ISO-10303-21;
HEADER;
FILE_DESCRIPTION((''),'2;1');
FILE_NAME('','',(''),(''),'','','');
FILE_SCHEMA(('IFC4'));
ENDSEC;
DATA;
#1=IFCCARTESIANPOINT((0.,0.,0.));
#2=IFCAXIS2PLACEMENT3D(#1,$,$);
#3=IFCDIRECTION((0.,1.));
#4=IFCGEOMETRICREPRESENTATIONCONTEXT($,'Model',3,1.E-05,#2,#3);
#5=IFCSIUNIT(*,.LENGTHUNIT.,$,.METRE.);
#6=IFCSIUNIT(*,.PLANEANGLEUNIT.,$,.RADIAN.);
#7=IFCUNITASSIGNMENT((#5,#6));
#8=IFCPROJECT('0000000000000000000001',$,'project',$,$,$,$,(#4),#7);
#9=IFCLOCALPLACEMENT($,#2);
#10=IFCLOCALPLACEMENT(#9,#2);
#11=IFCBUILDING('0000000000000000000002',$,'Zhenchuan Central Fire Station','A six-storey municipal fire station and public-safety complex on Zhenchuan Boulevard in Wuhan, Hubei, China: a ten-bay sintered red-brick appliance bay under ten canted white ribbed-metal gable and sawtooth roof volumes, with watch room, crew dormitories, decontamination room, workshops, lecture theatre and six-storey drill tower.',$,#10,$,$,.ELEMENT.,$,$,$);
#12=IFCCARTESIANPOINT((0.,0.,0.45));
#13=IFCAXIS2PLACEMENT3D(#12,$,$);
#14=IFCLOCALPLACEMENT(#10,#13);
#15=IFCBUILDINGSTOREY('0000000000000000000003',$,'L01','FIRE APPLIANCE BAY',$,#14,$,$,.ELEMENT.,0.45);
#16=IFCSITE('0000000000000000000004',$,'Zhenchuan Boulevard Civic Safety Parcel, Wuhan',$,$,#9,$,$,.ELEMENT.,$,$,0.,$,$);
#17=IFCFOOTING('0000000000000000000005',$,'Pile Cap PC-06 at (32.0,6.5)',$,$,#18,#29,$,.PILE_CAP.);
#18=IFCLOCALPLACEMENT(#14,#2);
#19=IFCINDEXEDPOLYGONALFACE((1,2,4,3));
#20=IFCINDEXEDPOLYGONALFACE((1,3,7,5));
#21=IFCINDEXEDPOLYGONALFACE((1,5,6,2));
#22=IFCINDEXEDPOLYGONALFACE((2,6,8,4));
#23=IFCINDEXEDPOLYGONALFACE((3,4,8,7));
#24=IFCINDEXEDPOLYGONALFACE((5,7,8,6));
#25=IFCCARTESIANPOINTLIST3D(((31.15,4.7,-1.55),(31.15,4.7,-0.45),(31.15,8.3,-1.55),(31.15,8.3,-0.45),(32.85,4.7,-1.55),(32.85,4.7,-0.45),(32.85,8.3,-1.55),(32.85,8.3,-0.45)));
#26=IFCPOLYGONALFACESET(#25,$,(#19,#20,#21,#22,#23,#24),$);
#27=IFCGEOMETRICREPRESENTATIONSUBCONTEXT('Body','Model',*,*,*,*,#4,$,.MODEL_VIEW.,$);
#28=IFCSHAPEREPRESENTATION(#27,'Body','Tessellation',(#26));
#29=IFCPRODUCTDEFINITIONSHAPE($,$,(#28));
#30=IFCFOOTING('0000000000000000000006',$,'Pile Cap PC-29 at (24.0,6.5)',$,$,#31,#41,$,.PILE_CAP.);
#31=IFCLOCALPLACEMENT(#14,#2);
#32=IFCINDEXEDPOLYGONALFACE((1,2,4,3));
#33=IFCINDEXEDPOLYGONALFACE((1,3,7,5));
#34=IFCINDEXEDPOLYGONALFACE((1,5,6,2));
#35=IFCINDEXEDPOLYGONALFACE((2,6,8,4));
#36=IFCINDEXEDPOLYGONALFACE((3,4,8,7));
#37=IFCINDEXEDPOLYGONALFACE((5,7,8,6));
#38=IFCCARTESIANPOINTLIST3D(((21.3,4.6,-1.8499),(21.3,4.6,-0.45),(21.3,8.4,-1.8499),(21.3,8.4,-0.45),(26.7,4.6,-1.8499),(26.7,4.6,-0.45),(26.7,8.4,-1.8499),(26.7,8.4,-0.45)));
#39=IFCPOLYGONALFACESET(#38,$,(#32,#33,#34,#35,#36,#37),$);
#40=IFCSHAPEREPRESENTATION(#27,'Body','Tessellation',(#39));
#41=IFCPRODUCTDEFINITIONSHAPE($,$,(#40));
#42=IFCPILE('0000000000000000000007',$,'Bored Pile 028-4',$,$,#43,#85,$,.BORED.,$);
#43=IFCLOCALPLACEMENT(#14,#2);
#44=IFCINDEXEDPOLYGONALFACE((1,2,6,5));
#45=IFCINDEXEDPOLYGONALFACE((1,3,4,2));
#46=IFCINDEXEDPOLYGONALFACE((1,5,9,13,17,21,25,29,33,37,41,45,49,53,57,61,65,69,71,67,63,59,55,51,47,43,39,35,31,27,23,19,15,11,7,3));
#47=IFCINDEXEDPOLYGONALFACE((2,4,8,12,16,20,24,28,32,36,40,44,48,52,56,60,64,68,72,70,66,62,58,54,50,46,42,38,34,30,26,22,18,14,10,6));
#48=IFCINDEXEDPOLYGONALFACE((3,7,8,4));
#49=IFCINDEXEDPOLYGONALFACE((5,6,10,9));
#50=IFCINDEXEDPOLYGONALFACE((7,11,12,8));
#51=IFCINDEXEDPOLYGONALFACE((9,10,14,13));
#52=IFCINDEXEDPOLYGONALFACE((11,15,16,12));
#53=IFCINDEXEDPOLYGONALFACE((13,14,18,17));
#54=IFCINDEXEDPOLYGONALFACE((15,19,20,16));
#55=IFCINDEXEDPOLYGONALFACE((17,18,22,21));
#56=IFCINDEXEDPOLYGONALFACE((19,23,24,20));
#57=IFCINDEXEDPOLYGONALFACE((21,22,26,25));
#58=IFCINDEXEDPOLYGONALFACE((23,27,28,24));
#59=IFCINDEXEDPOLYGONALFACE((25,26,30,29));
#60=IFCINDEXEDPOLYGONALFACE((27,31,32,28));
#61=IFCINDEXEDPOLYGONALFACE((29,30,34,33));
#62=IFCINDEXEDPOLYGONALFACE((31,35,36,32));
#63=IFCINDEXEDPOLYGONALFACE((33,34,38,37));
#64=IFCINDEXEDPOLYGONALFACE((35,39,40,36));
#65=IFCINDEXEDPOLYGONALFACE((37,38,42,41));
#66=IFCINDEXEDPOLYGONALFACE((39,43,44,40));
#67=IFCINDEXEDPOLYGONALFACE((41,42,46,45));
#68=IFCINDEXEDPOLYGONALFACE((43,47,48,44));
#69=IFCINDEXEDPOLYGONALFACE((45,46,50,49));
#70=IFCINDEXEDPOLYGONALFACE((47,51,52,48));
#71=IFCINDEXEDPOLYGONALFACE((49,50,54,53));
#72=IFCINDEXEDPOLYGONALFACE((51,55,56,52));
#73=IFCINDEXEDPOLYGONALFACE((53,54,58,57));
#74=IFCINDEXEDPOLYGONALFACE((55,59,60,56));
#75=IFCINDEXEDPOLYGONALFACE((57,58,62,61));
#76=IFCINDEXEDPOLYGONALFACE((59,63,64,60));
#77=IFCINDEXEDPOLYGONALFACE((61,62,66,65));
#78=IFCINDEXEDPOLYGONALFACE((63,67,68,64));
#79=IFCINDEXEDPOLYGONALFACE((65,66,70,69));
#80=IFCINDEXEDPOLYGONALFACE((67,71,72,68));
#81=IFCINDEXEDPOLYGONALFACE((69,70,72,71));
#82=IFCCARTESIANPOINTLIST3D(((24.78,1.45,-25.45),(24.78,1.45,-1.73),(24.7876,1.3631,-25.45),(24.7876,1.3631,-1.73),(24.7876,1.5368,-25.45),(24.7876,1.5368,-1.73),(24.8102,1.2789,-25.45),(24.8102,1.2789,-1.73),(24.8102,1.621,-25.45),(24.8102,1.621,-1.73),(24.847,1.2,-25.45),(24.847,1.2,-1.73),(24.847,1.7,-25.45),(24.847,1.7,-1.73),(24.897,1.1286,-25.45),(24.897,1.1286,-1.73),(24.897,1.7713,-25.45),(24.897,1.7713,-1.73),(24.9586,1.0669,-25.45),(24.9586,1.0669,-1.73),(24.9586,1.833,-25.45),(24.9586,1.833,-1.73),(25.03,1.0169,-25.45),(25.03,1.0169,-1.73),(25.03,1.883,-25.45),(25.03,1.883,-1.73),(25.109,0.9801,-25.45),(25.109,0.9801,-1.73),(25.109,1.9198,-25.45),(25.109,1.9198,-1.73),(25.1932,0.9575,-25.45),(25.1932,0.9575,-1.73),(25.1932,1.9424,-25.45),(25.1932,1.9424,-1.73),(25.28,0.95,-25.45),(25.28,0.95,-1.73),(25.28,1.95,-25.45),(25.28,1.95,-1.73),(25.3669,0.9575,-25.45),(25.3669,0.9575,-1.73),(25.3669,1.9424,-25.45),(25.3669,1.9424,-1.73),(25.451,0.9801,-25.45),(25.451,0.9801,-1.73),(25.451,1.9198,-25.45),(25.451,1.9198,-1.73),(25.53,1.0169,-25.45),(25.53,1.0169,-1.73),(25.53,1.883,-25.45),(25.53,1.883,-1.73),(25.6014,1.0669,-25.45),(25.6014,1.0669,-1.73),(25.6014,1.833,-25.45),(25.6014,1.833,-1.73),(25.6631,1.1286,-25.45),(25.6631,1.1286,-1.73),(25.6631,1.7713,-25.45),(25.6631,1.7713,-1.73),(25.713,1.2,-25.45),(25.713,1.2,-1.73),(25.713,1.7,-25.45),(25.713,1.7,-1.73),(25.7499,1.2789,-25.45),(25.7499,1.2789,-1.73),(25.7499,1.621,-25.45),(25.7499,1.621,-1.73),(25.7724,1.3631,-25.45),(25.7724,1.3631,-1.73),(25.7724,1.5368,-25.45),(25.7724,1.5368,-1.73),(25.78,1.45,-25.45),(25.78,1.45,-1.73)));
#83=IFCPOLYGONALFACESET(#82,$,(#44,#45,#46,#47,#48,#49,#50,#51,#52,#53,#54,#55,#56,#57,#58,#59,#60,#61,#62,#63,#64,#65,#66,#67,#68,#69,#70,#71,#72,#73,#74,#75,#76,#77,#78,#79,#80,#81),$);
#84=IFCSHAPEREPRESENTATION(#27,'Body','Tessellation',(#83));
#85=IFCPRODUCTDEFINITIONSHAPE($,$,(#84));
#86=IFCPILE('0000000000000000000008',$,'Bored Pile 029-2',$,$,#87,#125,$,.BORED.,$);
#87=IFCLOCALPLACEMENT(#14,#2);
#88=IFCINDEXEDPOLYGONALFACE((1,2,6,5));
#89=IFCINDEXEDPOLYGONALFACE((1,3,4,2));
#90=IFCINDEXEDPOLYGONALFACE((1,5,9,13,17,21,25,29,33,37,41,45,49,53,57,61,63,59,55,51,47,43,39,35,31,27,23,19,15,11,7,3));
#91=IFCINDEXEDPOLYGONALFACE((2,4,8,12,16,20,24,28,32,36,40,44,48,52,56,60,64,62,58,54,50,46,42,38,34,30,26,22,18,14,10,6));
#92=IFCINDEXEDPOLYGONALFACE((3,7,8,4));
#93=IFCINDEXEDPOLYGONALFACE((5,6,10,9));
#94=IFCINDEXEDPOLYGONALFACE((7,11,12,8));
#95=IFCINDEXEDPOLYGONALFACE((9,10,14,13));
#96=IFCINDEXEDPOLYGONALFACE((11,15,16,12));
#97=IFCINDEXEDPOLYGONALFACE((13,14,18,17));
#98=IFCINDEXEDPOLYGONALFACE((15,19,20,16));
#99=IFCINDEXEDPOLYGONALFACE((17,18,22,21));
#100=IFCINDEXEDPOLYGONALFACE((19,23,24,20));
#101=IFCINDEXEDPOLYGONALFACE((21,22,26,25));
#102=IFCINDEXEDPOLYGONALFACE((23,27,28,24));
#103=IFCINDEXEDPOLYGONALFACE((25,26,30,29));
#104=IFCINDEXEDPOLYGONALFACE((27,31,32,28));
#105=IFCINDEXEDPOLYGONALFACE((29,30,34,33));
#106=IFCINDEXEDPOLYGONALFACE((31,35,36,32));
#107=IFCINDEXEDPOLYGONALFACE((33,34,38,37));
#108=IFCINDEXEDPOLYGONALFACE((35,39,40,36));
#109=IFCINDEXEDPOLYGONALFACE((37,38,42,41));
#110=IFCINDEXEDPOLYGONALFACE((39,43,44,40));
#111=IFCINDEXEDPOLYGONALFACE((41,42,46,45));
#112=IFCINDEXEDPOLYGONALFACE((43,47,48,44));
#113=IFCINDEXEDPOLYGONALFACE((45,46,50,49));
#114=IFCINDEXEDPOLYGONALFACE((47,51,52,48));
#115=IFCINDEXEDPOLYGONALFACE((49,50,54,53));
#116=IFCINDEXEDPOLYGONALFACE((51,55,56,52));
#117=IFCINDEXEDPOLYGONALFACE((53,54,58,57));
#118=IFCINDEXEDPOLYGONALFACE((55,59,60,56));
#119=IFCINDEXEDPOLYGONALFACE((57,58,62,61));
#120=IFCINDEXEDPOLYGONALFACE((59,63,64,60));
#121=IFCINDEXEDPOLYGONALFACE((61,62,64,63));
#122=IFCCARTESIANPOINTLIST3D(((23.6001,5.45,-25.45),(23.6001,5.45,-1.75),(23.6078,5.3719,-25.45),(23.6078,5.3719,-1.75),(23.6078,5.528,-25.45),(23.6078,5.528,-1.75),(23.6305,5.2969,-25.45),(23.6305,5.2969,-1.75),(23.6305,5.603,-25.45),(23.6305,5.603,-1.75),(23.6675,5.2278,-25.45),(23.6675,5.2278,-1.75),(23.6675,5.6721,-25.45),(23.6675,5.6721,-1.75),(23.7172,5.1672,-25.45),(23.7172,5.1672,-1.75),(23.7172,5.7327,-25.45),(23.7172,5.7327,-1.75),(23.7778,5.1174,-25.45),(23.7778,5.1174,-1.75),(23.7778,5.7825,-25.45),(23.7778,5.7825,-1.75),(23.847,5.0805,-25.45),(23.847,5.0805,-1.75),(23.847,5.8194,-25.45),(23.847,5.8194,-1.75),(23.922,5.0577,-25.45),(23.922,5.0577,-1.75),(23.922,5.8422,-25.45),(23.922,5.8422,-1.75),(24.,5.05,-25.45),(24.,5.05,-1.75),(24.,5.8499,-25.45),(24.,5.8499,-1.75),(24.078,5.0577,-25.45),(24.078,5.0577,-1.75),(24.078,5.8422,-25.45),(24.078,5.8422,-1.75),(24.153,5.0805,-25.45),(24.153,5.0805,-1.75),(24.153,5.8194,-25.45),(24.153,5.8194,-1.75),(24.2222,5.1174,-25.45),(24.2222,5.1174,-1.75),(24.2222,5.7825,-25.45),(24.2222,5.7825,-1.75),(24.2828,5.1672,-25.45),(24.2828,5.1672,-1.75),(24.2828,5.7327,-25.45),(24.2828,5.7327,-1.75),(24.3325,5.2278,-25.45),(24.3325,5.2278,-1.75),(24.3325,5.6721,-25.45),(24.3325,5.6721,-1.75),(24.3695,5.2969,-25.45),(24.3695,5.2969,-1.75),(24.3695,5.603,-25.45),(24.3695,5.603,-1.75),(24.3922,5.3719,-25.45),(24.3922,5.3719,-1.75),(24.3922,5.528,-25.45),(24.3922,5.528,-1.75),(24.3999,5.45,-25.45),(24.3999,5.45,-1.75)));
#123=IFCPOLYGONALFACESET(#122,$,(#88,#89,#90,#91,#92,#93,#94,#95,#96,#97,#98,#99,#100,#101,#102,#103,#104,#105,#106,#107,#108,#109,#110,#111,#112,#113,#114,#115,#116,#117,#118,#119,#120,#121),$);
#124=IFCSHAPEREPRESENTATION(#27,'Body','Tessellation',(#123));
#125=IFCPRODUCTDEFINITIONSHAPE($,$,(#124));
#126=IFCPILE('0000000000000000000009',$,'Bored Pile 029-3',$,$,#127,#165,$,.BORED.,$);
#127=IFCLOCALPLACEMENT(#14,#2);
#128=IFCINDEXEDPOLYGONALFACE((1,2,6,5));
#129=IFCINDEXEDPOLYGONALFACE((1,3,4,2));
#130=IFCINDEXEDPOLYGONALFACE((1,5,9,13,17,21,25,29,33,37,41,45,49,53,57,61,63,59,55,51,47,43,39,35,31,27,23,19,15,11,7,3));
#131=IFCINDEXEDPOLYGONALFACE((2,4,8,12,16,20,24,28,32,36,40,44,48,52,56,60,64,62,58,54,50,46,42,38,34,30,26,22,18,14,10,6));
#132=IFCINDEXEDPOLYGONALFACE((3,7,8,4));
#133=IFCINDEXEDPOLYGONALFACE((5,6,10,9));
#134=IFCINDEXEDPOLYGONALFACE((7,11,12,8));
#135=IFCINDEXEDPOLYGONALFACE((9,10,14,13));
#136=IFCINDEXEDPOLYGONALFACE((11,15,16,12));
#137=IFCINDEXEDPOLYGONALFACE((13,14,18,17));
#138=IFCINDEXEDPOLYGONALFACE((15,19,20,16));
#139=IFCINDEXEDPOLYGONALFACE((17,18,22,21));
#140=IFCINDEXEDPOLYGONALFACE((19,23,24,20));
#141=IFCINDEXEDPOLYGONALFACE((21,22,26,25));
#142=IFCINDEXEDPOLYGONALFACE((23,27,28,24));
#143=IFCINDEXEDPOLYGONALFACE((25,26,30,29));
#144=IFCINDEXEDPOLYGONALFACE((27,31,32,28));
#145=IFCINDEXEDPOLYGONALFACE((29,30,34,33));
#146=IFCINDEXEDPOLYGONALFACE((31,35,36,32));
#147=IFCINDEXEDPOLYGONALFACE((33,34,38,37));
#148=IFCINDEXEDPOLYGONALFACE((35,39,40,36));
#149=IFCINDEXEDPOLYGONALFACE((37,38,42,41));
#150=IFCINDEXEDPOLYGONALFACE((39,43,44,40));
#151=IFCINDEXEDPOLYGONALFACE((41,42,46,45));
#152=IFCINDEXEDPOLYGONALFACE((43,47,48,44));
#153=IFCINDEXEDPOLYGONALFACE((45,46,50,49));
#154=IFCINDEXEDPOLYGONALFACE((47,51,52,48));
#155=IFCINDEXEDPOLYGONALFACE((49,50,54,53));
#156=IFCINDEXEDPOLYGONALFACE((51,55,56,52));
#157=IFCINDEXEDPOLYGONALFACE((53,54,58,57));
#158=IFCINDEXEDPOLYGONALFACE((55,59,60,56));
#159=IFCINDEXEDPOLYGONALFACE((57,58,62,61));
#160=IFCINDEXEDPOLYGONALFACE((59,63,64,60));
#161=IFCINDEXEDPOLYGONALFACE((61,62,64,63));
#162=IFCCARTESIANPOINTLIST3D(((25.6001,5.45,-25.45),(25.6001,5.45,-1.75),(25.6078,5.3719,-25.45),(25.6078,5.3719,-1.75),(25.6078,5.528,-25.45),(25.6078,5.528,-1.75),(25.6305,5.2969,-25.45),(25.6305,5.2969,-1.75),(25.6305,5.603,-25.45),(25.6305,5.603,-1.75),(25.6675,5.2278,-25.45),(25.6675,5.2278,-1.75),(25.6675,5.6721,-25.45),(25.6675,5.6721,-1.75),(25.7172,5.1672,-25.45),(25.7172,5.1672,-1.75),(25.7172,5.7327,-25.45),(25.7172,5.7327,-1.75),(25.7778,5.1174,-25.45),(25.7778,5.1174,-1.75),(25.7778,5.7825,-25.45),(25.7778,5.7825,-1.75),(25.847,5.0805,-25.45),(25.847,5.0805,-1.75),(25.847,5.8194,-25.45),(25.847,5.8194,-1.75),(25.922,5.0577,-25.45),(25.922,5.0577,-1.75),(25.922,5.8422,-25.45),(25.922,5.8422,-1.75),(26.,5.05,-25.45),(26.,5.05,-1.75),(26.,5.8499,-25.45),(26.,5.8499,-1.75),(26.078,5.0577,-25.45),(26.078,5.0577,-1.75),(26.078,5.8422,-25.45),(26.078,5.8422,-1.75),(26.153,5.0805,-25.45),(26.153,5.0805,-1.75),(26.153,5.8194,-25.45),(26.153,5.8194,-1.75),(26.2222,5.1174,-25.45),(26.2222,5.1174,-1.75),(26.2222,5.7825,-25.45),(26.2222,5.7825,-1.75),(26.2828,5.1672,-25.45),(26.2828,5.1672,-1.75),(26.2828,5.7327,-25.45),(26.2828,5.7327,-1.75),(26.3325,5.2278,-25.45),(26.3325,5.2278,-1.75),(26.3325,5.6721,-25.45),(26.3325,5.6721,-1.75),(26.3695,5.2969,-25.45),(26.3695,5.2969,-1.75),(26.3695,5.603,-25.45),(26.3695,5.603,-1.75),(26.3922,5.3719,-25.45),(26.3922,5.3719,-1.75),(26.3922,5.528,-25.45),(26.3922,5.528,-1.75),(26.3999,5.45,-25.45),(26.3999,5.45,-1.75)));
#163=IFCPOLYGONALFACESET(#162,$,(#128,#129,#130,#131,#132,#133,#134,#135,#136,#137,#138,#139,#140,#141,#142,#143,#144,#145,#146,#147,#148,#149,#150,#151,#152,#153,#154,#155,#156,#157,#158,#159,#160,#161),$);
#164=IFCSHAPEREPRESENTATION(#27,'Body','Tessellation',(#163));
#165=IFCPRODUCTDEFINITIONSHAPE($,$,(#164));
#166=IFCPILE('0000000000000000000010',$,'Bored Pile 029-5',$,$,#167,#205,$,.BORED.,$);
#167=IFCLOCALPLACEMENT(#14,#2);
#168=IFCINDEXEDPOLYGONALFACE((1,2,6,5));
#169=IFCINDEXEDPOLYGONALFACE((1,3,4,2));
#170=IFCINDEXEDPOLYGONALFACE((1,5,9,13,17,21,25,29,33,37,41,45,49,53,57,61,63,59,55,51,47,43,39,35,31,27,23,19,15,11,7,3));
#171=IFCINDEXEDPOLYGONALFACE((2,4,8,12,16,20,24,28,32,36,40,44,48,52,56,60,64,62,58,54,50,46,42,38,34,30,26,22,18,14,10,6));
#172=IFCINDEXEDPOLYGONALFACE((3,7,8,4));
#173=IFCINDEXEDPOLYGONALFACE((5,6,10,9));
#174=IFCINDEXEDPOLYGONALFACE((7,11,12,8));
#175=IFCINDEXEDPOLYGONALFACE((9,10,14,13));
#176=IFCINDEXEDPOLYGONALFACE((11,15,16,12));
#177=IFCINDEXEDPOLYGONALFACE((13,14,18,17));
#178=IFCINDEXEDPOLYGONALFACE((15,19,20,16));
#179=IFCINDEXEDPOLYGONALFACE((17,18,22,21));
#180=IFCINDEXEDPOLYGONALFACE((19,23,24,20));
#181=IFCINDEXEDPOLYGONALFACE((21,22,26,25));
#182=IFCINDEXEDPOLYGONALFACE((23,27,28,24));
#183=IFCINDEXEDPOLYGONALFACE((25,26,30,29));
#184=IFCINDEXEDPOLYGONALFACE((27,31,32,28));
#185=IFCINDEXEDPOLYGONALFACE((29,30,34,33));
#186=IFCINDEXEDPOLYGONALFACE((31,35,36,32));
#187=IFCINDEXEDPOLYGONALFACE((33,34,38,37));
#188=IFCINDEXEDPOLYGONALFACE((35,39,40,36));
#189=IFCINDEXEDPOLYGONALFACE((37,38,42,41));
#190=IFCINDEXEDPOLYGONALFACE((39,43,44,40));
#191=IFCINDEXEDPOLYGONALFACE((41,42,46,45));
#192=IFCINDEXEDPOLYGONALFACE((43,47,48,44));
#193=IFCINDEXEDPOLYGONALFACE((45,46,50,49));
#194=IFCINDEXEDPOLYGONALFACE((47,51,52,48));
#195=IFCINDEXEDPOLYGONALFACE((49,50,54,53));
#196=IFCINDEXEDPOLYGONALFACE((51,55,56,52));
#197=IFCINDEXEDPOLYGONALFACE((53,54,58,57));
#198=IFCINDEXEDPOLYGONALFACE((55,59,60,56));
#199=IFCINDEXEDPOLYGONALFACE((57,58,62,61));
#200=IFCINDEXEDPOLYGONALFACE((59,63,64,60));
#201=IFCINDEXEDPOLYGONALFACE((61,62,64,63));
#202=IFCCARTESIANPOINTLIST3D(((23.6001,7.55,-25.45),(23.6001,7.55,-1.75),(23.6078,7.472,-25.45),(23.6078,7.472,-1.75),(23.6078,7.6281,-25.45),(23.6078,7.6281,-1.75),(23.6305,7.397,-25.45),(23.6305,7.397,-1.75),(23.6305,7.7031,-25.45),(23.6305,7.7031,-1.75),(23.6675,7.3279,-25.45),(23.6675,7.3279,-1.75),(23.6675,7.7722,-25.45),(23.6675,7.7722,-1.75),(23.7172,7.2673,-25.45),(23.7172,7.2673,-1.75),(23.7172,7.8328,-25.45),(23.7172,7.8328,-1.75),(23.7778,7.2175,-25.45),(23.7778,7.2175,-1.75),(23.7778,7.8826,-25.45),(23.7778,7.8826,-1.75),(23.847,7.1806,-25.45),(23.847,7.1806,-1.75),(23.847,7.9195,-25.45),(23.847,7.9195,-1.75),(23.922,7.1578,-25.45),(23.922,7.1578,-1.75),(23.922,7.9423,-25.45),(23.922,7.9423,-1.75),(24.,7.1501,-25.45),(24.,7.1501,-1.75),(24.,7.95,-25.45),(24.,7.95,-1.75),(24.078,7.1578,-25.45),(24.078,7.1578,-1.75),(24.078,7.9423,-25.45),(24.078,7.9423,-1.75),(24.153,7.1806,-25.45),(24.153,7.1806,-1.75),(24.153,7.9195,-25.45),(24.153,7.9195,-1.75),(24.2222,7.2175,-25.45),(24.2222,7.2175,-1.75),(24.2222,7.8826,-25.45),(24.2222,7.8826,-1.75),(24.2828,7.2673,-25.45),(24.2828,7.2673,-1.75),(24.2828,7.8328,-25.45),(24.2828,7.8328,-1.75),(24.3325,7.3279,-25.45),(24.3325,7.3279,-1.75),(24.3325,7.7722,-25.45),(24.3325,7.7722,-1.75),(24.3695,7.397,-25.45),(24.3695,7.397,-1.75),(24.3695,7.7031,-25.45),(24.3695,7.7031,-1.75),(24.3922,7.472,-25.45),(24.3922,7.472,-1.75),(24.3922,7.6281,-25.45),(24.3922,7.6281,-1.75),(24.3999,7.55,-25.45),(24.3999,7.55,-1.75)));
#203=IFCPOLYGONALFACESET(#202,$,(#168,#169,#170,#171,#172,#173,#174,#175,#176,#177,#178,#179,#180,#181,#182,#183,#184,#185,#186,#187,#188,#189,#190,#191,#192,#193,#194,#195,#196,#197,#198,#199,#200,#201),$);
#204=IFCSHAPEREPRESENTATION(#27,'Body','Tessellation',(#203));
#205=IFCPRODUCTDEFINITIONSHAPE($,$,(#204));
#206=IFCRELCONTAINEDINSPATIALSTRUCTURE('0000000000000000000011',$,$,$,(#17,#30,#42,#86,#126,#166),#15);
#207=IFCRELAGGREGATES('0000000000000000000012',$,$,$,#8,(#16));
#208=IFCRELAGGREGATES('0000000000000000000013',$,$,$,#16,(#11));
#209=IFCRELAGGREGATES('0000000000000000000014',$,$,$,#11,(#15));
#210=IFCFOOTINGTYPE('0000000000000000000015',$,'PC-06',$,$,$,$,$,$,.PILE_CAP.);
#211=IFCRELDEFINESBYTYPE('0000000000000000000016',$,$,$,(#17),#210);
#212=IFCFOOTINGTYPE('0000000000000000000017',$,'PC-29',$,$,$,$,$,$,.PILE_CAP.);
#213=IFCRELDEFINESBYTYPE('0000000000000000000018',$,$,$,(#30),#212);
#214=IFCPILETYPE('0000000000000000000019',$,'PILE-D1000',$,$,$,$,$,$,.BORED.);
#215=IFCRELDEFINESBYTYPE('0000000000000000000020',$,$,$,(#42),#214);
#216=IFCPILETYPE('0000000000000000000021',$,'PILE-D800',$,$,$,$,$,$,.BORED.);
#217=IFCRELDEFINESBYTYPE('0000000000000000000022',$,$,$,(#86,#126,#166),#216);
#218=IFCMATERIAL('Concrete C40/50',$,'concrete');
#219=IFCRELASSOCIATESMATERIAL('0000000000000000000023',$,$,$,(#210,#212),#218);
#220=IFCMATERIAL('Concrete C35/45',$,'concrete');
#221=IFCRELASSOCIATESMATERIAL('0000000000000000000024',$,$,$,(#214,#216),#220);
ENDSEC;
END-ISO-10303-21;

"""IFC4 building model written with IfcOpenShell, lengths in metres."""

from ifc_helpers import new_model, si_unit, direction, frame, origin, origin_2d, place, context, subcontext, project, spatial, rectangle, circle, extrude, material, material_profile, profile_set, type_object, element, save


model = new_model("IFC4")

# Units and contexts
model_context = context("Model", 3, precision=1e-05, world=origin(), true_north=direction((0.0, 1.0)))
body_context = subcontext(model_context, "Body", "Model", "MODEL_VIEW")
ifc_project = project(units=[si_unit("LENGTHUNIT", "METRE"), si_unit("PLANEANGLEUNIT", "RADIAN")], contexts=[model_context])

# Site, building, storey
site_placement = place(None, origin())
site = spatial("IfcSite", under=ifc_project, at=site_placement, Name="Zhenchuan Boulevard Civic Safety Parcel, Wuhan", CompositionType="ELEMENT", RefElevation=0.0)
building_placement = place(site_placement, origin())
building = spatial("IfcBuilding", under=site, at=building_placement, Name="Zhenchuan Central Fire Station", Description="A six-storey municipal fire station and public-safety complex on Zhenchuan Boulevard in Wuhan, Hubei, China: a ten-bay sintered red-brick appliance bay under ten canted white ribbed-metal gable and sawtooth roof volumes, with watch room, crew dormitories, decontamination room, workshops, lecture theatre and six-storey drill tower.", CompositionType="ELEMENT")
storey_placement = place(building_placement, frame((0.0, 0.0, 0.45)))
storey = spatial("IfcBuildingStorey", under=building, at=storey_placement, Name="L01", Description="FIRE APPLIANCE BAY", CompositionType="ELEMENT", Elevation=0.45)

# Footings
ifc_material_1 = material(Name="Concrete C40/50", Category="concrete")
footing_type_1 = type_object("IfcFootingType", Name="PC-06", PredefinedType="PILE_CAP", material=ifc_material_1)
footing_1_placement = place(storey_placement, frame((32.0, 6.5, -1.55), z_axis=(0.0, 0.0, 1.0), x_axis=(1.0, 0.0, 0.0)))
element("IfcFooting", 1, at=footing_1_placement, inside=storey, type_object=footing_type_1, Name="Pile Cap PC-06 at (32.0,6.5)", PredefinedType="PILE_CAP", context=body_context, shape_type="SweptSolid", body=[
    extrude(rectangle(XDim=1.7, YDim=3.6001, at=origin_2d()), origin(), (0.0, 0.0, 1.0), 1.1001),
])
footing_type_2 = type_object("IfcFootingType", Name="PC-29", PredefinedType="PILE_CAP", material=ifc_material_1)
footing_2_placement = place(storey_placement, frame((24.0, 6.5, -1.8499), z_axis=(0.0, 0.0, 1.0), x_axis=(1.0, 0.0, 0.0)))
element("IfcFooting", 2, at=footing_2_placement, inside=storey, type_object=footing_type_2, Name="Pile Cap PC-29 at (24.0,6.5)", PredefinedType="PILE_CAP", context=body_context, shape_type="SweptSolid", body=[
    extrude(rectangle(XDim=5.3999, YDim=3.8, at=origin_2d()), origin(), (0.0, 0.0, 1.0), 1.3999),
])

# Piles
ifc_material_2 = material(Name="Concrete C35/45", Category="concrete")
ifc_material_profile_1 = material_profile(ifc_material_2, circle(Radius=0.5, at=origin_2d()), Name="PILE D1000")
ifc_profile_set_1 = profile_set([ifc_material_profile_1], Name="Concrete C35/45")
pile_type_1 = type_object("IfcPileType", Name="PILE-D1000", PredefinedType="BORED", material=ifc_profile_set_1)
pile_1_placement = place(storey_placement, frame((25.28, 1.45, -1.73), z_axis=(0.0, 0.0, -1.0), x_axis=(1.0, 0.0, 0.0)))
element("IfcPile", 3, at=pile_1_placement, inside=storey, type_object=pile_type_1, Name="Bored Pile 028-4", PredefinedType="BORED", context=body_context, shape_type="SweptSolid", body=[
    extrude(circle(Radius=0.5, at=origin_2d()), origin(), (0.0, 0.0, 1.0), 23.72),
])
ifc_material_profile_2 = material_profile(ifc_material_2, circle(Radius=0.3999, at=origin_2d()), Name="PILE D800")
ifc_profile_set_2 = profile_set([ifc_material_profile_2], Name="Concrete C35/45")
pile_type_2 = type_object("IfcPileType", Name="PILE-D800", PredefinedType="BORED", material=ifc_profile_set_2)
for number, where, z_axis, x_axis, name in (
    (4, (24.0, 5.45, -1.75), (0.0, 0.0, -1.0), (1.0, 0.0, 0.0), "Bored Pile 029-2"),
    (5, (26.0, 5.45, -1.75), (0.0, 0.0, -1.0), (1.0, 0.0, 0.0), "Bored Pile 029-3"),
    (6, (24.0, 7.55, -1.75), (0.0, 0.0, -1.0), (1.0, 0.0, 0.0), "Bored Pile 029-5"),
):
    element("IfcPile", number, at=place(storey_placement, frame(where, z_axis=z_axis, x_axis=x_axis)), inside=storey, type_object=pile_type_2, Name=name, PredefinedType="BORED", context=body_context, shape_type="SweptSolid", body=[
        extrude(circle(Radius=0.3999, at=origin_2d()), origin(), (0.0, 0.0, 1.0), 23.7),
    ])

save(model, "model.ifc")
